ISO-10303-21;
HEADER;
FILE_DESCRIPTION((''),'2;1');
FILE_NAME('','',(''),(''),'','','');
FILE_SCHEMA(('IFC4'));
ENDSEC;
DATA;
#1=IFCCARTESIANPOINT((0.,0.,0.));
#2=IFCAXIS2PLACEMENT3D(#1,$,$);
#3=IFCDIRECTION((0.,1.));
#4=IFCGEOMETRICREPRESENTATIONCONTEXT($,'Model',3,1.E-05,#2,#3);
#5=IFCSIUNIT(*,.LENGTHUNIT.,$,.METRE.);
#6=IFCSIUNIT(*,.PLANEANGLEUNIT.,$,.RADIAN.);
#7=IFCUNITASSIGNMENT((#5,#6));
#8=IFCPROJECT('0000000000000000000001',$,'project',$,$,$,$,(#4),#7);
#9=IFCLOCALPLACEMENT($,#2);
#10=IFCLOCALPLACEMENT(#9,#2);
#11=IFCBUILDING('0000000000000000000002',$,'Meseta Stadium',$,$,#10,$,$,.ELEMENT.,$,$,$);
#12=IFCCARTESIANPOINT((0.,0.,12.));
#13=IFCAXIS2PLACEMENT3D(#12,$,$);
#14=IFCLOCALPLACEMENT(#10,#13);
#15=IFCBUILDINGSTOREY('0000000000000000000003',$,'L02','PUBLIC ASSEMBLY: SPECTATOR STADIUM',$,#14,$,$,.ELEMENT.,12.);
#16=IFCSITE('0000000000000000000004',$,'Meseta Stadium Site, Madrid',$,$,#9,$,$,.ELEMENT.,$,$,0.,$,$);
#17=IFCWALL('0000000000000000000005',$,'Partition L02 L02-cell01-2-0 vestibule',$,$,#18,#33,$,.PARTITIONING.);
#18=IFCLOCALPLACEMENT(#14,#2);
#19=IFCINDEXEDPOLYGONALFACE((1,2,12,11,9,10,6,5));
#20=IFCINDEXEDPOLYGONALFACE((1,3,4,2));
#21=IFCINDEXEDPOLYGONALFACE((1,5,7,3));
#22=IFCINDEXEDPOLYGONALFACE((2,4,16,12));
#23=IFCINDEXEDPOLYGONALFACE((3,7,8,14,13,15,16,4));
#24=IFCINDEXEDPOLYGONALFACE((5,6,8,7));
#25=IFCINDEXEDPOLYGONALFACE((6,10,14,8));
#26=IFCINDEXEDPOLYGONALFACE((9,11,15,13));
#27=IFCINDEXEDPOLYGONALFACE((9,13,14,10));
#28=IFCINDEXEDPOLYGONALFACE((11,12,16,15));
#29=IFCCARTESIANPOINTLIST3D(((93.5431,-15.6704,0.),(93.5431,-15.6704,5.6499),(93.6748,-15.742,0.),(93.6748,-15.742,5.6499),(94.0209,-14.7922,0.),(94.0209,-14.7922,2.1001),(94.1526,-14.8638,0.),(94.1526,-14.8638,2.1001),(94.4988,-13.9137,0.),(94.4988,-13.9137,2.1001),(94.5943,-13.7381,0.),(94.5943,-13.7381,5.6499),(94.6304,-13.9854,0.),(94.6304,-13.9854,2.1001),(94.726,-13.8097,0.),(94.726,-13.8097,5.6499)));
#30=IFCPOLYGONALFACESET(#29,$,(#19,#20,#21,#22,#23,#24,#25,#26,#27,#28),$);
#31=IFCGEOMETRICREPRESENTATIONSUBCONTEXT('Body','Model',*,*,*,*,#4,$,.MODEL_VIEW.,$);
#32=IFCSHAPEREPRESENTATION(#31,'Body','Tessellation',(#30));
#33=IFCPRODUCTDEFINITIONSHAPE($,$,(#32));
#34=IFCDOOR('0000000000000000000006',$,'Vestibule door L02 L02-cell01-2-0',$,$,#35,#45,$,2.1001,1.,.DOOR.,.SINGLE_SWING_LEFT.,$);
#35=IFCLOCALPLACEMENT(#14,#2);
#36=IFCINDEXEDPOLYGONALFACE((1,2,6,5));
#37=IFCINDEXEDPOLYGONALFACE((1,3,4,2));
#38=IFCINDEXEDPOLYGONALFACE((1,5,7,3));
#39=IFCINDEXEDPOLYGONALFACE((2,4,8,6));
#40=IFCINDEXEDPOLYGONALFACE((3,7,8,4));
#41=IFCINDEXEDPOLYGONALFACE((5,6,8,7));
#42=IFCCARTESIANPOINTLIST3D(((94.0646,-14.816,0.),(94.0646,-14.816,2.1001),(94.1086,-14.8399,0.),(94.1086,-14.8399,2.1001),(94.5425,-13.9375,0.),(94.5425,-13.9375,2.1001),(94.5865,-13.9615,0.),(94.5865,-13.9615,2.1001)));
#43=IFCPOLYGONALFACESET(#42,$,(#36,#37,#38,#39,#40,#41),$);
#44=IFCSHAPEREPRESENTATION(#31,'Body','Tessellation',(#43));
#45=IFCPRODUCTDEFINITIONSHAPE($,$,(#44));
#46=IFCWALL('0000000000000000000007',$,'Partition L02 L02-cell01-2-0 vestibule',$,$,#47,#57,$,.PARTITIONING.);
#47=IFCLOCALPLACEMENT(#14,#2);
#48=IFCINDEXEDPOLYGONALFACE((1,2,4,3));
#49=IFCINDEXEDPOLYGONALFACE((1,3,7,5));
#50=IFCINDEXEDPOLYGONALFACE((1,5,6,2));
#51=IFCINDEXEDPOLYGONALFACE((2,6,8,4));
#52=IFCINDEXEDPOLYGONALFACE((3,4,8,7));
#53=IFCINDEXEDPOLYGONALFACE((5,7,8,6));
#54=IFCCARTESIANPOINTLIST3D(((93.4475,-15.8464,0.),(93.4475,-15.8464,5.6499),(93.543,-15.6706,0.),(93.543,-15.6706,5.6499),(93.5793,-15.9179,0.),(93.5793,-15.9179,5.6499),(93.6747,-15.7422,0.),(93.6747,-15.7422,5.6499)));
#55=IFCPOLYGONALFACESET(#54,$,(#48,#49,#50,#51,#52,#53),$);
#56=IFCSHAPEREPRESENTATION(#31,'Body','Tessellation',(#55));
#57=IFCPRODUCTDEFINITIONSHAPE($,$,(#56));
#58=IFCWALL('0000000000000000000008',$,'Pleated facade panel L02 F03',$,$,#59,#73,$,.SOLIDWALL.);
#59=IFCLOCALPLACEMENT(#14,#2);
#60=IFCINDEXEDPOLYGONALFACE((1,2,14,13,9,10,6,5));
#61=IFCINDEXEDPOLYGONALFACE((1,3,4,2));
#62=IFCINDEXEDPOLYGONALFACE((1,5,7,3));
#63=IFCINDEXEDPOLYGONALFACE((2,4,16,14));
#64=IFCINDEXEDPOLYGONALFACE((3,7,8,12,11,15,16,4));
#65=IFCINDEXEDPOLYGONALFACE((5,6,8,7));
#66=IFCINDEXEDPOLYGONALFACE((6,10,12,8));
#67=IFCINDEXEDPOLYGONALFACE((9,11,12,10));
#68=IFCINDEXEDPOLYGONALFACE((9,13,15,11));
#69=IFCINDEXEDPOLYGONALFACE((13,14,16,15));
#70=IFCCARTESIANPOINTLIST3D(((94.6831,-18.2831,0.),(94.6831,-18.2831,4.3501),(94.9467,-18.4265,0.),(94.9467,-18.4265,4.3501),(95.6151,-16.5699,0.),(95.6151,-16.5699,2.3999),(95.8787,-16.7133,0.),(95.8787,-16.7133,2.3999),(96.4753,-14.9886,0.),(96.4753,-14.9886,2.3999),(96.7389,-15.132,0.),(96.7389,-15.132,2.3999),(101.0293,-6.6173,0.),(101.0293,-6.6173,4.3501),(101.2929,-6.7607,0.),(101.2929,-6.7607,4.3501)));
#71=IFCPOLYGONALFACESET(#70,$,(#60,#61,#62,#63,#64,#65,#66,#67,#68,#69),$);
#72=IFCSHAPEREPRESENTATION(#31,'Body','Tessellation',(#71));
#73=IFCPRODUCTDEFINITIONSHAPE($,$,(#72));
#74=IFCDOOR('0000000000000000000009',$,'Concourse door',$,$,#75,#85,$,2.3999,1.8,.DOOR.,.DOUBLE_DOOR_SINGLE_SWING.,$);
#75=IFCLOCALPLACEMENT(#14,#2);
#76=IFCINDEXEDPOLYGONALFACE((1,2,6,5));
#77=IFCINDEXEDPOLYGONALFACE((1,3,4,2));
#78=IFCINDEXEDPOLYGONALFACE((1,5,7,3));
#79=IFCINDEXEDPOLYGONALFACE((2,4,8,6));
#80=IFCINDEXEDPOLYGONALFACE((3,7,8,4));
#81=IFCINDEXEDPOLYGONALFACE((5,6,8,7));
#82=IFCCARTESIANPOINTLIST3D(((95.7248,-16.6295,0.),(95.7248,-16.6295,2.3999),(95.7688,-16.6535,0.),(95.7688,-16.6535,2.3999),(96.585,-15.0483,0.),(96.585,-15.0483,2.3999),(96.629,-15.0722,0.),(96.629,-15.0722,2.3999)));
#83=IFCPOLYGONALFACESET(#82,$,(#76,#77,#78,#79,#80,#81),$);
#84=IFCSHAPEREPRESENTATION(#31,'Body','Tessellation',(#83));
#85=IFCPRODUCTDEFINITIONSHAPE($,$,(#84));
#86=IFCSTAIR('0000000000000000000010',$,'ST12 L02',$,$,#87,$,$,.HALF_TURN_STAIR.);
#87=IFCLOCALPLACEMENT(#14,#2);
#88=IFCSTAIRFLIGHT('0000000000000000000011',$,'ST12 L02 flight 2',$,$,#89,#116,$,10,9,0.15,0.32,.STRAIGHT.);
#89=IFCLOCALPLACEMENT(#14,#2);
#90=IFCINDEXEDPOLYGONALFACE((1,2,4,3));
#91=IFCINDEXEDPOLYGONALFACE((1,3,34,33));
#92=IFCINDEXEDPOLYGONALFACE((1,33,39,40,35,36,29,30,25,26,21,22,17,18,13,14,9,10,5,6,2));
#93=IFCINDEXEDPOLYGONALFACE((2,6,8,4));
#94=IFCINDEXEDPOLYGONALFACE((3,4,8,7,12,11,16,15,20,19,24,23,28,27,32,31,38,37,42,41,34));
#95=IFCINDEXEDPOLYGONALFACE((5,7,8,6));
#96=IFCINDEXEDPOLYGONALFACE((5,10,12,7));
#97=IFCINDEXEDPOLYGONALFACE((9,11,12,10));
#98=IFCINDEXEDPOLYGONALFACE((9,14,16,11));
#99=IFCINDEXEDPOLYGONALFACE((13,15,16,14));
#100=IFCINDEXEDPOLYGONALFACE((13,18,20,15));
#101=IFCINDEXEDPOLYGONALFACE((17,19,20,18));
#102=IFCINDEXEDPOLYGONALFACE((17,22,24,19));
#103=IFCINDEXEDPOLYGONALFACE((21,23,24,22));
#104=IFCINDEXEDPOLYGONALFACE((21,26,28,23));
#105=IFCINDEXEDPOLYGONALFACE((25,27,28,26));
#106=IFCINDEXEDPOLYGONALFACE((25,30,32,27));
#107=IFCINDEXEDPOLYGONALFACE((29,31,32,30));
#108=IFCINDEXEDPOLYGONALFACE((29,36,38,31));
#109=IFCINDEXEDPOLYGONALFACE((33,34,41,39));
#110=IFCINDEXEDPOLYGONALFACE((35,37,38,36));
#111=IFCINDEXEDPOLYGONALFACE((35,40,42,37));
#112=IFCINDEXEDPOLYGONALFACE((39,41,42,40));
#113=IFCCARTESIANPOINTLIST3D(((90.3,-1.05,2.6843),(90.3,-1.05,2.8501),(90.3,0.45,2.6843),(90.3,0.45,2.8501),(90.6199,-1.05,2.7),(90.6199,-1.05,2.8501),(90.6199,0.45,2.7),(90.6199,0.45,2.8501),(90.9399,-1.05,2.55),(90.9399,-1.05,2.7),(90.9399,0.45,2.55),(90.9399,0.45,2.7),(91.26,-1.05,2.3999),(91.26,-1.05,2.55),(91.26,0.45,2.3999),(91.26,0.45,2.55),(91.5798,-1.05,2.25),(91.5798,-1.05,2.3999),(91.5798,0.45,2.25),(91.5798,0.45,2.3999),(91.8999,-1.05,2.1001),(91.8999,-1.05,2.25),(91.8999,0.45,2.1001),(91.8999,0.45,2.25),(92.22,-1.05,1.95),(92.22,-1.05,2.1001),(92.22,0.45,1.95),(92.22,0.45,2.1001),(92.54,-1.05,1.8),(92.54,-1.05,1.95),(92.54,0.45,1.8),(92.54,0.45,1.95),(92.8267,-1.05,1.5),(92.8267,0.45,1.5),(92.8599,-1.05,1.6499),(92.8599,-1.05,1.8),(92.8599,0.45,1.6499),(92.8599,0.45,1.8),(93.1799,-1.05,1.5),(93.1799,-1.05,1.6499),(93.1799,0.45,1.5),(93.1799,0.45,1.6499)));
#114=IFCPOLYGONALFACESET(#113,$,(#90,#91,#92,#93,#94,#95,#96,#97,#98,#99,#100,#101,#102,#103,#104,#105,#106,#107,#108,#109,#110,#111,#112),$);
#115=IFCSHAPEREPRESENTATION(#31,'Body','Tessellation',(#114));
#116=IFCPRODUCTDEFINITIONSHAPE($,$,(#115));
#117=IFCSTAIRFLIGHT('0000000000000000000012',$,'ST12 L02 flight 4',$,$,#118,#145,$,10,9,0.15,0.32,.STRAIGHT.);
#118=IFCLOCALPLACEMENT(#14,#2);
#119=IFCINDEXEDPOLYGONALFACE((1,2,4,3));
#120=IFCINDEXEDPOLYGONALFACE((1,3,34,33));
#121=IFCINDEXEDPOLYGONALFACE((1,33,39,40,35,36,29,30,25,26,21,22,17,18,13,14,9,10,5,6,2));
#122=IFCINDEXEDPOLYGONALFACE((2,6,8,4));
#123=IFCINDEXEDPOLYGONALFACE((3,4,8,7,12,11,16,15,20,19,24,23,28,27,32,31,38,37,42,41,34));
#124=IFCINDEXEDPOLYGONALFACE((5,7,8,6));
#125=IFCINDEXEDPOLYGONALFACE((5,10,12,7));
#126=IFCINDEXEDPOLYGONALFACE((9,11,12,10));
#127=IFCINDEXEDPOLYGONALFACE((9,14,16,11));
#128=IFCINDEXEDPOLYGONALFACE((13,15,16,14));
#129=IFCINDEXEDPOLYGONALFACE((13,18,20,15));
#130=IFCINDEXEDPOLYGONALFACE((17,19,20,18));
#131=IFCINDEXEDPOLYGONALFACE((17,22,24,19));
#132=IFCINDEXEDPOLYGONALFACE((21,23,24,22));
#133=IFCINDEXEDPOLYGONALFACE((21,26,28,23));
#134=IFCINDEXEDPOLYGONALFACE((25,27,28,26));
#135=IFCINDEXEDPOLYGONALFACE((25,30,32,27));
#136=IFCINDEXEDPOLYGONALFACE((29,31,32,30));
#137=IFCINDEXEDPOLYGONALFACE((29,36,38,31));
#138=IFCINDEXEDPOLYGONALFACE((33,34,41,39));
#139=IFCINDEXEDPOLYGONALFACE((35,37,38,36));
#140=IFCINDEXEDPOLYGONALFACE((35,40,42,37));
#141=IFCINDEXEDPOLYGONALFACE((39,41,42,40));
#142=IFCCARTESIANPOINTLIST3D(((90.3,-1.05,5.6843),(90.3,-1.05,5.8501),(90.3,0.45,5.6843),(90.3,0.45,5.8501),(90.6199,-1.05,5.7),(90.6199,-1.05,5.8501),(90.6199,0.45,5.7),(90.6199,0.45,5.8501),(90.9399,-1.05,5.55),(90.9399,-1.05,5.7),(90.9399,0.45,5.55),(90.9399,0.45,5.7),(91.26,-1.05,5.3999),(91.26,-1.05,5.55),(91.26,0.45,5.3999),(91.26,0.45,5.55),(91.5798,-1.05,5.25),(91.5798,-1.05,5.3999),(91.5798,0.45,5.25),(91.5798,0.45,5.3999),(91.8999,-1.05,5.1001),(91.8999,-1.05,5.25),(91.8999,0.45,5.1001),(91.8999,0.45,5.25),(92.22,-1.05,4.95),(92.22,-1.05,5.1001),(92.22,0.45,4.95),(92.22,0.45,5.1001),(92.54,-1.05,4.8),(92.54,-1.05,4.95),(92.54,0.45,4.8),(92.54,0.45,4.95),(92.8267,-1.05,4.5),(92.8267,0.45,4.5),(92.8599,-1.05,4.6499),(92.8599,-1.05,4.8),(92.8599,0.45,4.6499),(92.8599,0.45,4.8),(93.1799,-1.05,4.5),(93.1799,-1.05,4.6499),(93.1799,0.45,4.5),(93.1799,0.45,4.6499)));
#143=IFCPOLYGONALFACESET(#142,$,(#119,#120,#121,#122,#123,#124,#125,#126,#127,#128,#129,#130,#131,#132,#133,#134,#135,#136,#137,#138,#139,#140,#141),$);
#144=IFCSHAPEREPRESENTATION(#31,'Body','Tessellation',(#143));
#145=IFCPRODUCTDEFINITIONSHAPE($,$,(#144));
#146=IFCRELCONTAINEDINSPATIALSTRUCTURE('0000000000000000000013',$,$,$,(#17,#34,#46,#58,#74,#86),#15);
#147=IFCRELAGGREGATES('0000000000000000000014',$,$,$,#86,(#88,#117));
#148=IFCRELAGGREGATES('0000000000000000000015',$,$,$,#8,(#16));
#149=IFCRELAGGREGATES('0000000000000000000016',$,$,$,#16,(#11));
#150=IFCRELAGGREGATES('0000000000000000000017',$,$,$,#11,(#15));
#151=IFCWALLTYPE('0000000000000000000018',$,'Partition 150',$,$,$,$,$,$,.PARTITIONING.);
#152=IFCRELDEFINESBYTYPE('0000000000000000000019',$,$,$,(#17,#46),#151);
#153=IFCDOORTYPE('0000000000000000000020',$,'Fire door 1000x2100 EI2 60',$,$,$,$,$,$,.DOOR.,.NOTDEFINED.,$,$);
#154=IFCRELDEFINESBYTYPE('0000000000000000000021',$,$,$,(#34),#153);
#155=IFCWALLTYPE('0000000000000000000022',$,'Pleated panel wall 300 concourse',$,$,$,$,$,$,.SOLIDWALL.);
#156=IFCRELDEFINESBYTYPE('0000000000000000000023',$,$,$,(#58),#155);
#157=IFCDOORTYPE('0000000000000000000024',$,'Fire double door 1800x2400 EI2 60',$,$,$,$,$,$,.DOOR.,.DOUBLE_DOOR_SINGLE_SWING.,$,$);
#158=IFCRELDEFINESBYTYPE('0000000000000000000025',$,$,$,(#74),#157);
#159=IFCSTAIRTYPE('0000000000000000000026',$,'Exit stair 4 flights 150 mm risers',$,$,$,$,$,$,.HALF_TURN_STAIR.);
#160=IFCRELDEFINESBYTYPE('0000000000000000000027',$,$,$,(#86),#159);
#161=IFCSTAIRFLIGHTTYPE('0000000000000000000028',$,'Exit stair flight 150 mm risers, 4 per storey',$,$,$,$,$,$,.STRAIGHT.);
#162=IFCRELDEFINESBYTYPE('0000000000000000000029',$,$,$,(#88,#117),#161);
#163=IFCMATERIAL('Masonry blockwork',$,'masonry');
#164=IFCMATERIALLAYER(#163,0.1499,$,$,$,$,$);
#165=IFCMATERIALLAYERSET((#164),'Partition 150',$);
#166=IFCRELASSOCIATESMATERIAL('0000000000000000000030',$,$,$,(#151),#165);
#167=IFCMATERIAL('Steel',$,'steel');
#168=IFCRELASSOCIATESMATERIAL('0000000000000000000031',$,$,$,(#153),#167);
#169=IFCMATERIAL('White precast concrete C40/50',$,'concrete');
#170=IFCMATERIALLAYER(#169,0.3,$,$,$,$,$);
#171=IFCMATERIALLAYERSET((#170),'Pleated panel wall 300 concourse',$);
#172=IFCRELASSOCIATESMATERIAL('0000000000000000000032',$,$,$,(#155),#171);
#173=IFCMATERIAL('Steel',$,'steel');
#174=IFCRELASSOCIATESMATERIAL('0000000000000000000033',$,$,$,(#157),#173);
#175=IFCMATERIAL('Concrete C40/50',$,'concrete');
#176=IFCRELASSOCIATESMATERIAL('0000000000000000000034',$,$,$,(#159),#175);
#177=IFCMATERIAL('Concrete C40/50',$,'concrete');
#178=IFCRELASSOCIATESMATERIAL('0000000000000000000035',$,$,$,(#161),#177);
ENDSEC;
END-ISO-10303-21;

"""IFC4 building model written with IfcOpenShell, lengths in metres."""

from ifc_helpers import new_model, si_unit, direction, frame, frame_2d, origin, place, context, subcontext, project, spatial, polyline, rectangle, outline, extrude, material, layer, layer_set, type_object, element, fill, aggregate, save


model = new_model("IFC4")

# Units and contexts
model_context = context("Model", 3, precision=1e-05, world=origin(), true_north=direction((0.0, 1.0)))
body_context = subcontext(model_context, "Body", "Model", "MODEL_VIEW")
ifc_project = project(units=[si_unit("LENGTHUNIT", "METRE"), si_unit("PLANEANGLEUNIT", "RADIAN")], contexts=[model_context])

# Site, building, storey
site_placement = place(None, origin())
site = spatial("IfcSite", under=ifc_project, at=site_placement, Name="Meseta Stadium Site, Madrid", CompositionType="ELEMENT", RefElevation=0.0)
building_placement = place(site_placement, origin())
building = spatial("IfcBuilding", under=site, at=building_placement, Name="Meseta Stadium", CompositionType="ELEMENT")
storey_placement = place(building_placement, frame((0.0, 0.0, 12.0)))
storey = spatial("IfcBuildingStorey", under=building, at=storey_placement, Name="L02", Description="PUBLIC ASSEMBLY: SPECTATOR STADIUM", CompositionType="ELEMENT", Elevation=12.0)

# Shared definitions
ifc_material_1 = material(Name="Masonry blockwork", Category="masonry")
ifc_layer_1 = layer(ifc_material_1, 0.1499)
ifc_layer_set_1 = layer_set([ifc_layer_1], Name="Partition 150")
wall_type_1 = type_object("IfcWallType", Name="Partition 150", PredefinedType="PARTITIONING", material=ifc_layer_set_1)

# Wall, opening, door
wall_1_placement = place(storey_placement, frame((94.6602, -13.7739, 0.0), z_axis=(0.0, 0.0, 1.0), x_axis=(-0.477888, -0.878421, 0.0)))
wall_1 = element("IfcWall", 1, at=wall_1_placement, inside=storey, type_object=wall_type_1, Name="Partition L02 L02-cell01-2-0 vestibule", PredefinedType="PARTITIONING", context=body_context, shape_type="SweptSolid", body=[
    extrude(rectangle(XDim=2.1997, YDim=0.1499, at=frame_2d((1.0999, 0.0))), origin(), (0.0, 0.0, 1.0), 5.6499),
])
opening_1_placement = place(wall_1_placement, frame((0.2, 0.0, 0.0)))
opening_1 = element("IfcOpeningElement", 2, at=opening_1_placement, cuts=wall_1, PredefinedType="OPENING", context=body_context, shape_type="SweptSolid", body=[
    extrude(rectangle(XDim=1.0, YDim=2.1001, at=frame_2d((0.5, 1.05))), frame((0.0, 0.085, 0.0), z_axis=(0.0, -1.0, 0.0), x_axis=(1.0, 0.0, 0.0)), (0.0, 0.0, 1.0), 0.1699),
])
ifc_material_2 = material(Name="Steel", Category="steel")
door_type_1 = type_object("IfcDoorType", Name="Fire door 1000x2100 EI2 60", OperationType="NOTDEFINED", PredefinedType="DOOR", material=ifc_material_2)
door_1_placement = place(opening_1_placement, origin())
door_1 = element("IfcDoor", 3, at=door_1_placement, inside=storey, type_object=door_type_1, Name="Vestibule door L02 L02-cell01-2-0", OperationType="SINGLE_SWING_LEFT", OverallHeight=2.1001, OverallWidth=1.0, PredefinedType="DOOR", context=body_context, shape_type="SweptSolid", body=[
    extrude(rectangle(XDim=1.0, YDim=2.1001, at=frame_2d((0.5, 1.05))), frame((0.0, 0.0249, 0.0), z_axis=(0.0, -1.0, 0.0), x_axis=(1.0, 0.0, 0.0)), (0.0, 0.0, 1.0), 0.05),
])
fill(opening_1, door_1)

# Wall
wall_2_placement = place(storey_placement, frame((93.6089, -15.7063, 0.0), z_axis=(0.0, 0.0, 1.0), x_axis=(-0.477227, -0.87878, 0.0)))
element("IfcWall", 4, at=wall_2_placement, inside=storey, type_object=wall_type_1, Name="Partition L02 L02-cell01-2-0 vestibule", PredefinedType="PARTITIONING", context=body_context, shape_type="SweptSolid", body=[
    extrude(rectangle(XDim=0.2, YDim=0.1499, at=frame_2d((0.1001, 0.0))), origin(), (0.0, 0.0, 1.0), 5.6499),
])

# Wall, opening, door
ifc_material_3 = material(Name="White precast concrete C40/50", Category="concrete")
ifc_layer_2 = layer(ifc_material_3, 0.3)
ifc_layer_set_2 = layer_set([ifc_layer_2], Name="Pleated panel wall 300 concourse")
wall_type_2 = type_object("IfcWallType", Name="Pleated panel wall 300 concourse", PredefinedType="SOLIDWALL", material=ifc_layer_set_2)
wall_3_placement = place(storey_placement, frame((101.1611, -6.689, 0.0), z_axis=(0.0, 0.0, 1.0), x_axis=(-0.477868, -0.878432, 0.0)))
wall_3 = element("IfcWall", 5, at=wall_3_placement, inside=storey, type_object=wall_type_2, Name="Pleated facade panel L02 F03", PredefinedType="SOLIDWALL", context=body_context, shape_type="SweptSolid", body=[
    extrude(rectangle(XDim=13.2803, YDim=0.3, at=frame_2d((6.6401, 0.0))), origin(), (0.0, 0.0, 1.0), 4.3501),
])
opening_2_placement = place(wall_3_placement, frame((9.53, 0.0, 0.0)))
opening_2 = element("IfcOpeningElement", 6, at=opening_2_placement, cuts=wall_3, PredefinedType="OPENING", context=body_context, shape_type="SweptSolid", body=[
    extrude(rectangle(XDim=1.8, YDim=2.3999, at=frame_2d((0.8999, 1.2))), frame((0.0, 0.1599, 0.0), z_axis=(0.0, -1.0, 0.0), x_axis=(1.0, 0.0, 0.0)), (0.0, 0.0, 1.0), 0.3201),
])
ifc_material_4 = material(Name="Steel", Category="steel")
door_type_2 = type_object("IfcDoorType", Name="Fire double door 1800x2400 EI2 60", OperationType="DOUBLE_DOOR_SINGLE_SWING", PredefinedType="DOOR", material=ifc_material_4)
door_2_placement = place(opening_2_placement, origin())
door_2 = element("IfcDoor", 7, at=door_2_placement, inside=storey, type_object=door_type_2, Name="Concourse door", OperationType="DOUBLE_DOOR_SINGLE_SWING", OverallHeight=2.3999, OverallWidth=1.8, PredefinedType="DOOR", context=body_context, shape_type="SweptSolid", body=[
    extrude(rectangle(XDim=1.8, YDim=2.3999, at=frame_2d((0.8999, 1.2))), frame((0.0, 0.0249, 0.0), z_axis=(0.0, -1.0, 0.0), x_axis=(1.0, 0.0, 0.0)), (0.0, 0.0, 1.0), 0.05),
])
fill(opening_2, door_2)

# Stair, stair flights
ifc_material_5 = material(Name="Concrete C40/50", Category="concrete")
stair_type = type_object("IfcStairType", Name="Exit stair 4 flights 150 mm risers", PredefinedType="HALF_TURN_STAIR", material=ifc_material_5)
stair_placement = place(storey_placement, origin())
stair = element("IfcStair", 8, at=stair_placement, inside=storey, type_object=stair_type, Name="ST12 L02", PredefinedType="HALF_TURN_STAIR")
ifc_material_6 = material(Name="Concrete C40/50", Category="concrete")
stair_flight_type = type_object("IfcStairFlightType", Name="Exit stair flight 150 mm risers, 4 per storey", PredefinedType="STRAIGHT", material=ifc_material_6)
stair_flight_1_placement = place(storey_placement, frame((93.1799, -0.3, 1.5), z_axis=(0.0, 0.0, 1.0), x_axis=(-1.0, 0.0, 0.0)))
stair_flight_1 = element("IfcStairFlight", 9, at=stair_flight_1_placement, type_object=stair_flight_type, Name="ST12 L02 flight 2", NumberOfRisers=10, NumberOfTreads=9, PredefinedType="STRAIGHT", RiserHeight=0.15, TreadLength=0.32, context=body_context, shape_type="SweptSolid", body=[
    extrude(outline(polyline([(0.0, 0.0), (0.0, 0.1499), (0.3201, 0.1499), (0.3201, 0.3), (0.6399, 0.3), (0.6399, 0.45), (0.96, 0.45), (0.96, 0.6001), (1.28, 0.6001), (1.28, 0.75), (1.6001, 0.75), (1.6001, 0.8999), (1.9199, 0.8999), (1.9199, 1.05), (2.24, 1.05), (2.24, 1.2), (2.5601, 1.2), (2.5601, 1.3501), (2.8799, 1.3501), (2.8799, 1.1843), (0.3533, 0.0), (0.0, 0.0)])), frame((0.0, 0.75, 0.0), z_axis=(0.0, -1.0, 0.0), x_axis=(1.0, 0.0, 0.0)), (0.0, 0.0, 1.0), 1.5),
])
stair_flight_2_placement = place(storey_placement, frame((93.1799, -0.3, 4.5), z_axis=(0.0, 0.0, 1.0), x_axis=(-1.0, 0.0, 0.0)))
stair_flight_2 = element("IfcStairFlight", 10, at=stair_flight_2_placement, type_object=stair_flight_type, Name="ST12 L02 flight 4", NumberOfRisers=10, NumberOfTreads=9, PredefinedType="STRAIGHT", RiserHeight=0.15, TreadLength=0.32, context=body_context, shape_type="SweptSolid", body=[
    extrude(outline(polyline([(0.0, 0.0), (0.0, 0.1499), (0.3201, 0.1499), (0.3201, 0.3), (0.6399, 0.3), (0.6399, 0.45), (0.96, 0.45), (0.96, 0.6001), (1.28, 0.6001), (1.28, 0.75), (1.6001, 0.75), (1.6001, 0.8999), (1.9199, 0.8999), (1.9199, 1.05), (2.24, 1.05), (2.24, 1.2), (2.5601, 1.2), (2.5601, 1.3501), (2.8799, 1.3501), (2.8799, 1.1843), (0.3533, 0.0), (0.0, 0.0)])), frame((0.0, 0.75, 0.0), z_axis=(0.0, -1.0, 0.0), x_axis=(1.0, 0.0, 0.0)), (0.0, 0.0, 1.0), 1.5),
])
aggregate(stair, [stair_flight_1, stair_flight_2])

save(model, "model.ifc")
